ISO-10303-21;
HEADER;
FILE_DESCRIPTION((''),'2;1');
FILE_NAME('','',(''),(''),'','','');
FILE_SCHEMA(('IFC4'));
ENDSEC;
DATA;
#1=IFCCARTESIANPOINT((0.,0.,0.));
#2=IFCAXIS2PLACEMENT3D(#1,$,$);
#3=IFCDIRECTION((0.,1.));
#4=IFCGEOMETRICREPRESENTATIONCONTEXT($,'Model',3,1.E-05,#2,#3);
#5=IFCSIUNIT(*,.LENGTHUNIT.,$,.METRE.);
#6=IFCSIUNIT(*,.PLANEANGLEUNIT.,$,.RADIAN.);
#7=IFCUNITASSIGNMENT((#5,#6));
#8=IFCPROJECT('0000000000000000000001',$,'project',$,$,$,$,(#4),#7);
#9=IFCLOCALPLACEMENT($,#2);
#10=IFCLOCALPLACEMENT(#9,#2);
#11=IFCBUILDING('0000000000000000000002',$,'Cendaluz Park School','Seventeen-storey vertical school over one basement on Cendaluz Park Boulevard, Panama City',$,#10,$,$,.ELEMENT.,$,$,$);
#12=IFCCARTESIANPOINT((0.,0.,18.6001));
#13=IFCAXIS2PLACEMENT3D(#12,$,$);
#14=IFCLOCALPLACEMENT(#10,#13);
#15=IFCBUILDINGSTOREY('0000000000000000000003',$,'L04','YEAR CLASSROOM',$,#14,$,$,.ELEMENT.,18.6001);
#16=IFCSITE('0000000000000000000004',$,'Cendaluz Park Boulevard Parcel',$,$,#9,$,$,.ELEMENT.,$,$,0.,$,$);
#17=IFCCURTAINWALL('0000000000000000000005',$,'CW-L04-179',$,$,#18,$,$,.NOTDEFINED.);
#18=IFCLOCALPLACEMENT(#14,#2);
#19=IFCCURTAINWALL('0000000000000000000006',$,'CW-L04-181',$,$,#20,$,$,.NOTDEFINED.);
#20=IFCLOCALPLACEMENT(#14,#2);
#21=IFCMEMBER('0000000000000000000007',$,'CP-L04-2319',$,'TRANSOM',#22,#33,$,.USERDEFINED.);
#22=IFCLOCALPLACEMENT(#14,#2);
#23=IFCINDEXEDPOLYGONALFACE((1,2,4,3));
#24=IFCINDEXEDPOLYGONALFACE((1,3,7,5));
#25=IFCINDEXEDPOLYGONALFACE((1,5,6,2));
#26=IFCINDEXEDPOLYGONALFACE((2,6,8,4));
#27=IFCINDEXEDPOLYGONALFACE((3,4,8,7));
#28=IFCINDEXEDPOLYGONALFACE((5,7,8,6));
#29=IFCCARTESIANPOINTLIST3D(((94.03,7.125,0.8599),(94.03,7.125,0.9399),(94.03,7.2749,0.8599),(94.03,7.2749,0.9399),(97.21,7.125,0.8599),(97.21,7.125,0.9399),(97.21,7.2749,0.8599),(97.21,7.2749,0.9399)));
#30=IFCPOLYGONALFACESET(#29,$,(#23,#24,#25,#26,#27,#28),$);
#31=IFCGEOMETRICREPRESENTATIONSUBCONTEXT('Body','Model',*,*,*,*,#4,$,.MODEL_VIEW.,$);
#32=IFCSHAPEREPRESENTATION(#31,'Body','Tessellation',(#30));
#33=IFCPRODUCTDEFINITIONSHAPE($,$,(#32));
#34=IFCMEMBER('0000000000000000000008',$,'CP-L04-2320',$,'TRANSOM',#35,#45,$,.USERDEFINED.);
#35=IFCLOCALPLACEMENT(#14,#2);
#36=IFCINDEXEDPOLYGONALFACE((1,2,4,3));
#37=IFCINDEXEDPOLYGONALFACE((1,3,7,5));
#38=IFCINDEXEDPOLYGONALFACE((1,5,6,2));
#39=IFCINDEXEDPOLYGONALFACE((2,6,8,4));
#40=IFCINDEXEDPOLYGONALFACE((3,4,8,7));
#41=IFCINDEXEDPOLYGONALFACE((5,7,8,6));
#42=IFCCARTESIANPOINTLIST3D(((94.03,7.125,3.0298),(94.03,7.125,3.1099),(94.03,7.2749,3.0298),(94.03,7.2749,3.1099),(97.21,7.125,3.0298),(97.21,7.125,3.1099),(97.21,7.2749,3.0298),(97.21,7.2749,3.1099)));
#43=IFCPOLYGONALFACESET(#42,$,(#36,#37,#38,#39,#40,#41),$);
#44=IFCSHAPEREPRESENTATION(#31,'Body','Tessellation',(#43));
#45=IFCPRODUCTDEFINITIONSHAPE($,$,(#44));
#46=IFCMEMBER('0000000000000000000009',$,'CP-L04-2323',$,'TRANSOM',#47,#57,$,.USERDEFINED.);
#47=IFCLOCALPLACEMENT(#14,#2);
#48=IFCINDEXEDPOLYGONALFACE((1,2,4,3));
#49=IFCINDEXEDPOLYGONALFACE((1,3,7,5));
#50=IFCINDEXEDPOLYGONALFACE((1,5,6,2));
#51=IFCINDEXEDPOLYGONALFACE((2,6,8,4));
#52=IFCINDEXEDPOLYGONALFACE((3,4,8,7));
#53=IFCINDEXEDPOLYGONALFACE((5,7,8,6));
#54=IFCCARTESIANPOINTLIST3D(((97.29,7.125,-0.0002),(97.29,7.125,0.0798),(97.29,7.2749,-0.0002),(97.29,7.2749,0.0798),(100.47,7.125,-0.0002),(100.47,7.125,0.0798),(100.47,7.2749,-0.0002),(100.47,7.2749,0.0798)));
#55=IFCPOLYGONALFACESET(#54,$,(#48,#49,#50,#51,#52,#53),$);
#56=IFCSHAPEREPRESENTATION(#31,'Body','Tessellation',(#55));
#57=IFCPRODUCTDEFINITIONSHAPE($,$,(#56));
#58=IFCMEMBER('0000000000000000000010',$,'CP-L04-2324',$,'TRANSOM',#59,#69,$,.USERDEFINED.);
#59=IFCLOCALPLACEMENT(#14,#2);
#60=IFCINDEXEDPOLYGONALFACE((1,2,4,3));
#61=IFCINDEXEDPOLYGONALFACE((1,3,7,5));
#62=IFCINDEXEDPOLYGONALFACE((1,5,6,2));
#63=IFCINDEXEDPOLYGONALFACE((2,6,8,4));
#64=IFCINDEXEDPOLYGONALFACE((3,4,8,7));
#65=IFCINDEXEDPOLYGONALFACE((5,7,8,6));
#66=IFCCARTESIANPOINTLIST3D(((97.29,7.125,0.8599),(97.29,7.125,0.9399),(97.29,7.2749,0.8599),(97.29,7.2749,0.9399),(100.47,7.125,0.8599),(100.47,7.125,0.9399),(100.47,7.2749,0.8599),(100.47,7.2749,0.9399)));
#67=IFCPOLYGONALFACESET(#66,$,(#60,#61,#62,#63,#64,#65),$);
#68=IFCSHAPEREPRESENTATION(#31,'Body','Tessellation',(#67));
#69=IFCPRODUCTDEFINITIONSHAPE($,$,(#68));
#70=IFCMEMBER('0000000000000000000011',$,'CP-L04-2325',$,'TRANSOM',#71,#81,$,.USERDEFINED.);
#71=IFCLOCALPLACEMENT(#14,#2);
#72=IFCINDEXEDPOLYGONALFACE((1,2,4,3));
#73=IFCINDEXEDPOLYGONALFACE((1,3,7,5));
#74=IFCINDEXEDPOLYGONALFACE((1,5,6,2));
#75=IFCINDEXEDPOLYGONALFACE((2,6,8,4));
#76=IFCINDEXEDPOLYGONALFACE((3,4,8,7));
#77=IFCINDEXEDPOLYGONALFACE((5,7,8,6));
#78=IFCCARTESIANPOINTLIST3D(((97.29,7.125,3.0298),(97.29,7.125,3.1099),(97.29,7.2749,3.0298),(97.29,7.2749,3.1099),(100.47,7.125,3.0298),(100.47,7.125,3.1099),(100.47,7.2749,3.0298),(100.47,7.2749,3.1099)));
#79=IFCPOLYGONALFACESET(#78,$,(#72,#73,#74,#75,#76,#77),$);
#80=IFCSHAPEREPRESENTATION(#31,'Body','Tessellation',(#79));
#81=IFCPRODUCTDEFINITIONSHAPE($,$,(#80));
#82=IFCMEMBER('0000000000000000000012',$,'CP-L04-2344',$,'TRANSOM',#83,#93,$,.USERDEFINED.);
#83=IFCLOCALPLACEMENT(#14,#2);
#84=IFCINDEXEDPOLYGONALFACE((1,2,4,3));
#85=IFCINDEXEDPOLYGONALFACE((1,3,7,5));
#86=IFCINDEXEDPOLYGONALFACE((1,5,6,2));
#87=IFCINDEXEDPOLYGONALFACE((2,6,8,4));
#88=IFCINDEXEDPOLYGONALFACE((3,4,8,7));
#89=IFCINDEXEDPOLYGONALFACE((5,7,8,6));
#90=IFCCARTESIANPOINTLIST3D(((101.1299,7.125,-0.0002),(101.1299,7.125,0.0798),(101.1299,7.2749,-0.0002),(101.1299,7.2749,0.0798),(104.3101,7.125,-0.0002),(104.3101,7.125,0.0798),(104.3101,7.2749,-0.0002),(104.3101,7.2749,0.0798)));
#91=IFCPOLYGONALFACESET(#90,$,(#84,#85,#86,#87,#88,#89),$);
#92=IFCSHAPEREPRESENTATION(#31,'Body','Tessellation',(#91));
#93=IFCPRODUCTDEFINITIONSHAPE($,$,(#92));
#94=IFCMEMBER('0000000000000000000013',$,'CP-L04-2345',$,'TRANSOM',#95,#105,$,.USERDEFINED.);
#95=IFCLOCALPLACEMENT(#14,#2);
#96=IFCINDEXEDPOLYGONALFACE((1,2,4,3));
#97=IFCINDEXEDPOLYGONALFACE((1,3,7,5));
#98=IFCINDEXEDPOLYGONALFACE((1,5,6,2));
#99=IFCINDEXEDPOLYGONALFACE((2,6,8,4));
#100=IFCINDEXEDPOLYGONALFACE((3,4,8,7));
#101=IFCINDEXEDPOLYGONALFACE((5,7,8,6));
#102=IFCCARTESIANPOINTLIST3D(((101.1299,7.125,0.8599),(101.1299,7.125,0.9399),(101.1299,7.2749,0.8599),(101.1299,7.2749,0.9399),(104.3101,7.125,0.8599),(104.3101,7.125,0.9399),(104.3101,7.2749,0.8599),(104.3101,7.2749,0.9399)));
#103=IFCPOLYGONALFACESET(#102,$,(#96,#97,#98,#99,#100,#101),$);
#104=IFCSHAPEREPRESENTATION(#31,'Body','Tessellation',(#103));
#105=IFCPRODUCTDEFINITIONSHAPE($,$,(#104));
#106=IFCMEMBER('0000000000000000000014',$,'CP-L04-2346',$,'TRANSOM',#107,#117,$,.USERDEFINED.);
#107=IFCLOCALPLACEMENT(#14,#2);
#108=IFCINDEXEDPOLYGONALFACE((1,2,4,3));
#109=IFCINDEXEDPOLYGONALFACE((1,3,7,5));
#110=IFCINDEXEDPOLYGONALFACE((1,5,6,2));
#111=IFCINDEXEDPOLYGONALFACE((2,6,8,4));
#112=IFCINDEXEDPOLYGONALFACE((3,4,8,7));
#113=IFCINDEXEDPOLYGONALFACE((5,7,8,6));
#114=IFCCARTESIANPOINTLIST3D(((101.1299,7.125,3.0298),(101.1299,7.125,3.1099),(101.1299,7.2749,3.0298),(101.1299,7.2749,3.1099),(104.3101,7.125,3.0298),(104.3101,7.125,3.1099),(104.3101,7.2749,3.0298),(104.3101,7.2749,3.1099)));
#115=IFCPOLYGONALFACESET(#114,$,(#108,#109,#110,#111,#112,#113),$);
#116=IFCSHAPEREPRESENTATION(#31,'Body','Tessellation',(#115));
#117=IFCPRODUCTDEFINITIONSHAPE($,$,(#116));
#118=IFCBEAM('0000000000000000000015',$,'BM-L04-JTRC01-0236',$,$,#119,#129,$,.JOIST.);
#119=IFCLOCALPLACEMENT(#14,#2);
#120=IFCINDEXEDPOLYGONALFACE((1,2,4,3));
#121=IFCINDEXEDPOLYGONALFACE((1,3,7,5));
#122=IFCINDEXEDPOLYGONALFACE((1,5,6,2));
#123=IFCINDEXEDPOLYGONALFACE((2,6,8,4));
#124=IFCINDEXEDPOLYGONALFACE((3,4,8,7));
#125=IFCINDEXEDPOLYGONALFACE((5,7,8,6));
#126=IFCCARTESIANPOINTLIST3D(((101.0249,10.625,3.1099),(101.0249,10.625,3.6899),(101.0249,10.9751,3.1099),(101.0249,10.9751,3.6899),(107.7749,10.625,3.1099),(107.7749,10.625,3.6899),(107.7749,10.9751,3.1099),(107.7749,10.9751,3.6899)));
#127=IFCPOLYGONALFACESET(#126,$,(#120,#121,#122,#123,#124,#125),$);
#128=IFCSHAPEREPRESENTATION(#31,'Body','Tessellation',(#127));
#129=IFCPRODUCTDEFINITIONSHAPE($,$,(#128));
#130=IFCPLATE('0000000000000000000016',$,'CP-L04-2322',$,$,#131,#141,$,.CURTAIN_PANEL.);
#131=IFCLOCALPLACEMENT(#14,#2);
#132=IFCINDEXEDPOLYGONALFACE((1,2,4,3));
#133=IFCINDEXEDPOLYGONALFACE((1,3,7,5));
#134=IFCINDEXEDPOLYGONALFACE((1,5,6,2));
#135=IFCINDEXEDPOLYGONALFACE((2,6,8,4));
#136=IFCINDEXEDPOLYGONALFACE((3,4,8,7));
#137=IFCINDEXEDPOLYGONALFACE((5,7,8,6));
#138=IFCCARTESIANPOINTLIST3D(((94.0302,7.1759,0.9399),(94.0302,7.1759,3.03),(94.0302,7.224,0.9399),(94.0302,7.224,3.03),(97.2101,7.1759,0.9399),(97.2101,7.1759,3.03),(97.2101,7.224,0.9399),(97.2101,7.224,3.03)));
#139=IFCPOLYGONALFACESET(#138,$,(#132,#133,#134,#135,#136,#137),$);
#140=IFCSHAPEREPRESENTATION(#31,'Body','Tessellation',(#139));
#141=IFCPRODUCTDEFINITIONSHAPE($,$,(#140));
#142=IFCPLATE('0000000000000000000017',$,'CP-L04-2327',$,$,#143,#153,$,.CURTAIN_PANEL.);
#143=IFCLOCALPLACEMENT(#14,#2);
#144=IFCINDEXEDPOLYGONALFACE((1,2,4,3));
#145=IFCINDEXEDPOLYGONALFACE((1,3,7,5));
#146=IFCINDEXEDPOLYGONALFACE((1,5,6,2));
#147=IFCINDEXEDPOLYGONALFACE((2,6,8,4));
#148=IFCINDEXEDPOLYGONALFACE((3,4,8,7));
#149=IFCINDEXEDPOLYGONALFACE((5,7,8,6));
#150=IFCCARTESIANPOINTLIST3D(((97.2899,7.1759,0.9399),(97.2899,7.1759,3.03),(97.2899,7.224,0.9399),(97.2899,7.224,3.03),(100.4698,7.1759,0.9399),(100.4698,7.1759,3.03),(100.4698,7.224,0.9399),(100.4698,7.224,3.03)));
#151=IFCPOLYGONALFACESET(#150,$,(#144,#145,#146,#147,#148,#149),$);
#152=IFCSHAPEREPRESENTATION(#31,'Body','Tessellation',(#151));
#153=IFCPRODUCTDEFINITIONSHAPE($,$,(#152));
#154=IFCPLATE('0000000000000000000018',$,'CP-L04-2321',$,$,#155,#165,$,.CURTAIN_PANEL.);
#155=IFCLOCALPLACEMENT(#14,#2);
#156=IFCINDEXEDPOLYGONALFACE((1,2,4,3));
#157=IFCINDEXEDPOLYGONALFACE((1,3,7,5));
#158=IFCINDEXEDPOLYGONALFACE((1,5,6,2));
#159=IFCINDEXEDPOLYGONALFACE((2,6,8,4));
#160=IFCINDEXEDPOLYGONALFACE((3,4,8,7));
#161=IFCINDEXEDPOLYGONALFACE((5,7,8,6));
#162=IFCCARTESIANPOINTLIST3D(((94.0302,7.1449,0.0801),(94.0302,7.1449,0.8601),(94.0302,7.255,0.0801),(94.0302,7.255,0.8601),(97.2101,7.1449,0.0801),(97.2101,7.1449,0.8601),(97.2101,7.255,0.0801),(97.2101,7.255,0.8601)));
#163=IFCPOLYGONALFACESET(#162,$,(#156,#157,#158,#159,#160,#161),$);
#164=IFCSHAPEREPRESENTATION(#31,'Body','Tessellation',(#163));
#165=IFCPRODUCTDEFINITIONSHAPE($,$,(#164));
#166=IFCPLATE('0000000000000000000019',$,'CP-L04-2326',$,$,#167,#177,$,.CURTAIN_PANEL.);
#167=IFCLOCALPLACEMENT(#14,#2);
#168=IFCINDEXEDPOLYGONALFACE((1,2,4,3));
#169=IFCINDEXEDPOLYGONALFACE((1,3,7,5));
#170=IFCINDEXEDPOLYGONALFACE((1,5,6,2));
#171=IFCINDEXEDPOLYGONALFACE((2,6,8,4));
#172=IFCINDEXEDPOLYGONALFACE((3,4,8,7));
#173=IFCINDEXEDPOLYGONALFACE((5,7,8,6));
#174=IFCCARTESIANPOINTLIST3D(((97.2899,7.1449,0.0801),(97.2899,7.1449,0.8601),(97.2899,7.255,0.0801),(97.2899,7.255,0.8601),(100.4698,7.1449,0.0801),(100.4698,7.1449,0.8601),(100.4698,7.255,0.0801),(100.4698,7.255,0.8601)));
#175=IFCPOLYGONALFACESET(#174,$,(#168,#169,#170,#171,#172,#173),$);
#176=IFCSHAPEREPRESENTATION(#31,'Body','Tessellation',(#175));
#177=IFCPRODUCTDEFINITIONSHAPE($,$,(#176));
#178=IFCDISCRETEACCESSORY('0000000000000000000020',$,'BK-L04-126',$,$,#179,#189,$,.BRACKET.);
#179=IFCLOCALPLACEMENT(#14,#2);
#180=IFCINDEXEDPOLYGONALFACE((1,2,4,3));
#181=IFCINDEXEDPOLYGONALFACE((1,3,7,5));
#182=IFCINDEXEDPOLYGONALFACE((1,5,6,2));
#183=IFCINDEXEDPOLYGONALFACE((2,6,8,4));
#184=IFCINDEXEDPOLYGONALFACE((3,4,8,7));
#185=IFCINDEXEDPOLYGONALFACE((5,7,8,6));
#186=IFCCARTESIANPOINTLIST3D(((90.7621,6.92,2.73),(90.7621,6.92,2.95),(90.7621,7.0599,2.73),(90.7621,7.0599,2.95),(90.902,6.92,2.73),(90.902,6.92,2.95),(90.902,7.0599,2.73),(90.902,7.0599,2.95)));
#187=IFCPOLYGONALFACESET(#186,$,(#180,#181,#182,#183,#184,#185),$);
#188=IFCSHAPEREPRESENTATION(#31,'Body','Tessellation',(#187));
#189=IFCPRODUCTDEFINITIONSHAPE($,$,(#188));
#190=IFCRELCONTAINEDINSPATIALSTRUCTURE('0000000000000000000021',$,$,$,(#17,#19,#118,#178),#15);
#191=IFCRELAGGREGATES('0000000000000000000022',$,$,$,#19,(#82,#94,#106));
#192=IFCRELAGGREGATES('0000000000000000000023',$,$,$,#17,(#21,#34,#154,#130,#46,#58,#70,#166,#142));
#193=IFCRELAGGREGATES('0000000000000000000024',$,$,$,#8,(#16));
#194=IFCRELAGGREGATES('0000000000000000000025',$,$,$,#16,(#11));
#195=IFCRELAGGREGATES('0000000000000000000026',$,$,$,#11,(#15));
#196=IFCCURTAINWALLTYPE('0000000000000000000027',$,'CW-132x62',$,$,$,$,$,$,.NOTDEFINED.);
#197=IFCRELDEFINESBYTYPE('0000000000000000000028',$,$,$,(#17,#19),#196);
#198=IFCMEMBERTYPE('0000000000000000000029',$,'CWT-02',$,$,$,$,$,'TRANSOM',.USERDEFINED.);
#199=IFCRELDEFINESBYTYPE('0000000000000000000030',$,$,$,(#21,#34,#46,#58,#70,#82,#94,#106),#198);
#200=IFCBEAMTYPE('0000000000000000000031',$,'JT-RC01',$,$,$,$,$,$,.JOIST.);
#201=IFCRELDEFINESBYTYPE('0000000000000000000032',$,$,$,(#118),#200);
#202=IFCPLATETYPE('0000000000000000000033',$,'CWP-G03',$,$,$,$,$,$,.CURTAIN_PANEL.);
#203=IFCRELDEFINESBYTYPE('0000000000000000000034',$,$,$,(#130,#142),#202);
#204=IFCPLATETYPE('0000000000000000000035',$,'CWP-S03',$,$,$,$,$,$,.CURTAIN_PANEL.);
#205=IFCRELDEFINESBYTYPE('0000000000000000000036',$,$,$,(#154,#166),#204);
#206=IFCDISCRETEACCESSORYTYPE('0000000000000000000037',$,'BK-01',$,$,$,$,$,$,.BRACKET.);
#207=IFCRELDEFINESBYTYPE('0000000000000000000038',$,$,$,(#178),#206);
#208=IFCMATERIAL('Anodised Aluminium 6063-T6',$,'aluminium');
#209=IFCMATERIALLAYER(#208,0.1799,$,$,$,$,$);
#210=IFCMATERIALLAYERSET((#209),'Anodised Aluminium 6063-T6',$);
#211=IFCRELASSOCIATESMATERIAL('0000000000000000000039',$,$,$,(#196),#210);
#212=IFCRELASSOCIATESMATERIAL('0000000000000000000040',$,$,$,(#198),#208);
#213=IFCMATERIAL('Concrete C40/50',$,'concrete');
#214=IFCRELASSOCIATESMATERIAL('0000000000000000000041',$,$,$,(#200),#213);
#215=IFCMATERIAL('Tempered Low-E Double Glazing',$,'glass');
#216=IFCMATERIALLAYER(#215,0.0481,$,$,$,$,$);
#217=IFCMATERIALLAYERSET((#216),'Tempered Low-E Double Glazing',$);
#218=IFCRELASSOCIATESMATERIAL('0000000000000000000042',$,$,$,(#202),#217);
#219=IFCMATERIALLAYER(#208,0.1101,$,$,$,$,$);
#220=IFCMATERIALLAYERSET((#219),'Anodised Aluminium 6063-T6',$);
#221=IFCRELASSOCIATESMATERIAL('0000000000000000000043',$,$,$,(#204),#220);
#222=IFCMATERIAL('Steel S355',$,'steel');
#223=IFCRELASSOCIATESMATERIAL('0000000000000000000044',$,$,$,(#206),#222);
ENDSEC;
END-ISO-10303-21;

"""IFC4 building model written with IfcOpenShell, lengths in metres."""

from ifc_helpers import new_model, si_unit, direction, frame, origin, origin_2d, place, context, subcontext, project, spatial, rectangle, extrude, material, layer, layer_set, material_profile, profile_set, type_object, element, aggregate, save


model = new_model("IFC4")

# Units and contexts
model_context = context("Model", 3, precision=1e-05, world=origin(), true_north=direction((0.0, 1.0)))
body_context = subcontext(model_context, "Body", "Model", "MODEL_VIEW")
ifc_project = project(units=[si_unit("LENGTHUNIT", "METRE"), si_unit("PLANEANGLEUNIT", "RADIAN")], contexts=[model_context])

# Site, building, storey
site_placement = place(None, origin())
site = spatial("IfcSite", under=ifc_project, at=site_placement, Name="Cendaluz Park Boulevard Parcel", CompositionType="ELEMENT", RefElevation=0.0)
building_placement = place(site_placement, origin())
building = spatial("IfcBuilding", under=site, at=building_placement, Name="Cendaluz Park School", Description="Seventeen-storey vertical school over one basement on Cendaluz Park Boulevard, Panama City", CompositionType="ELEMENT")
storey_placement = place(building_placement, frame((0.0, 0.0, 18.6001)))
storey = spatial("IfcBuildingStorey", under=building, at=storey_placement, Name="L04", Description="YEAR CLASSROOM", CompositionType="ELEMENT", Elevation=18.6001)

# Shared definitions
ifc_material_1 = material(Name="Concrete C40/50", Category="concrete")

# Curtain wall
ifc_material_2 = material(Name="Anodised Aluminium 6063-T6", Category="aluminium")
ifc_layer_1 = layer(ifc_material_2, 0.1799)
ifc_layer_set_1 = layer_set([ifc_layer_1], Name="Anodised Aluminium 6063-T6")
curtain_wall_type = type_object("IfcCurtainWallType", Name="CW-132x62", PredefinedType="NOTDEFINED", material=ifc_layer_set_1)
curtain_wall_1_placement = place(storey_placement, origin())
curtain_wall_1 = element("IfcCurtainWall", 1, at=curtain_wall_1_placement, inside=storey, type_object=curtain_wall_type, Name="CW-L04-179", PredefinedType="NOTDEFINED")

# Curtain wall
curtain_wall_2_placement = place(storey_placement, origin())
curtain_wall_2 = element("IfcCurtainWall", 2, at=curtain_wall_2_placement, inside=storey, type_object=curtain_wall_type, Name="CW-L04-181", PredefinedType="NOTDEFINED")

# Members
ifc_material_profile_1 = material_profile(ifc_material_2, rectangle(XDim=0.1499, YDim=0.0801, at=origin_2d()), Name="CWT 150x80", Category="aluminium")
ifc_profile_set_1 = profile_set([ifc_material_profile_1], Name="Anodised Aluminium 6063-T6")
member_type_1 = type_object("IfcMemberType", Name="CWT-02", ElementType="TRANSOM", PredefinedType="USERDEFINED", material=ifc_profile_set_1)
member_1_placement = place(storey_placement, frame((94.03, 7.2, 0.8999), z_axis=(1.0, 0.0, 0.0), x_axis=(0.0, 1.0, 0.0)))
member_1 = element("IfcMember", 3, at=member_1_placement, type_object=member_type_1, Name="CP-L04-2319", ObjectType="TRANSOM", PredefinedType="USERDEFINED", context=body_context, shape_type="SweptSolid", body=[
    extrude(rectangle(XDim=0.1499, YDim=0.0801, at=origin_2d()), origin(), (0.0, 0.0, 1.0), 3.1799),
])
member_2_placement = place(storey_placement, frame((94.03, 7.2, 3.0698), z_axis=(1.0, 0.0, 0.0), x_axis=(0.0, 1.0, 0.0)))
member_2 = element("IfcMember", 4, at=member_2_placement, type_object=member_type_1, Name="CP-L04-2320", ObjectType="TRANSOM", PredefinedType="USERDEFINED", context=body_context, shape_type="SweptSolid", body=[
    extrude(rectangle(XDim=0.1499, YDim=0.0801, at=origin_2d()), origin(), (0.0, 0.0, 1.0), 3.1799),
])
member_3_placement = place(storey_placement, frame((97.29, 7.2, 0.0398), z_axis=(1.0, 0.0, 0.0), x_axis=(0.0, 1.0, 0.0)))
member_3 = element("IfcMember", 5, at=member_3_placement, type_object=member_type_1, Name="CP-L04-2323", ObjectType="TRANSOM", PredefinedType="USERDEFINED", context=body_context, shape_type="SweptSolid", body=[
    extrude(rectangle(XDim=0.1499, YDim=0.0801, at=origin_2d()), origin(), (0.0, 0.0, 1.0), 3.1799),
])
member_4_placement = place(storey_placement, frame((97.29, 7.2, 0.8999), z_axis=(1.0, 0.0, 0.0), x_axis=(0.0, 1.0, 0.0)))
member_4 = element("IfcMember", 6, at=member_4_placement, type_object=member_type_1, Name="CP-L04-2324", ObjectType="TRANSOM", PredefinedType="USERDEFINED", context=body_context, shape_type="SweptSolid", body=[
    extrude(rectangle(XDim=0.1499, YDim=0.0801, at=origin_2d()), origin(), (0.0, 0.0, 1.0), 3.1799),
])
member_5_placement = place(storey_placement, frame((97.29, 7.2, 3.0698), z_axis=(1.0, 0.0, 0.0), x_axis=(0.0, 1.0, 0.0)))
member_5 = element("IfcMember", 7, at=member_5_placement, type_object=member_type_1, Name="CP-L04-2325", ObjectType="TRANSOM", PredefinedType="USERDEFINED", context=body_context, shape_type="SweptSolid", body=[
    extrude(rectangle(XDim=0.1499, YDim=0.0801, at=origin_2d()), origin(), (0.0, 0.0, 1.0), 3.1799),
])
member_6_placement = place(storey_placement, frame((101.1299, 7.2, 0.0398), z_axis=(1.0, 0.0, 0.0), x_axis=(0.0, 1.0, 0.0)))
member_6 = element("IfcMember", 8, at=member_6_placement, type_object=member_type_1, Name="CP-L04-2344", ObjectType="TRANSOM", PredefinedType="USERDEFINED", context=body_context, shape_type="SweptSolid", body=[
    extrude(rectangle(XDim=0.1499, YDim=0.0801, at=origin_2d()), origin(), (0.0, 0.0, 1.0), 3.1802),
])
member_7_placement = place(storey_placement, frame((101.1299, 7.2, 0.8999), z_axis=(1.0, 0.0, 0.0), x_axis=(0.0, 1.0, 0.0)))
member_7 = element("IfcMember", 9, at=member_7_placement, type_object=member_type_1, Name="CP-L04-2345", ObjectType="TRANSOM", PredefinedType="USERDEFINED", context=body_context, shape_type="SweptSolid", body=[
    extrude(rectangle(XDim=0.1499, YDim=0.0801, at=origin_2d()), origin(), (0.0, 0.0, 1.0), 3.1802),
])
member_8_placement = place(storey_placement, frame((101.1299, 7.2, 3.0698), z_axis=(1.0, 0.0, 0.0), x_axis=(0.0, 1.0, 0.0)))
member_8 = element("IfcMember", 10, at=member_8_placement, type_object=member_type_1, Name="CP-L04-2346", ObjectType="TRANSOM", PredefinedType="USERDEFINED", context=body_context, shape_type="SweptSolid", body=[
    extrude(rectangle(XDim=0.1499, YDim=0.0801, at=origin_2d()), origin(), (0.0, 0.0, 1.0), 3.1802),
])
aggregate(curtain_wall_2, [member_6, member_7, member_8])

# Beam
ifc_material_profile_2 = material_profile(ifc_material_1, rectangle(XDim=0.3501, YDim=0.5801, at=origin_2d()), Name="RC 350x580", Category="concrete")
ifc_profile_set_2 = profile_set([ifc_material_profile_2], Name="Concrete C40/50")
beam_type_1 = type_object("IfcBeamType", Name="JT-RC01", PredefinedType="JOIST", material=ifc_profile_set_2)
beam_1_placement = place(storey_placement, frame((101.0249, 10.8, 3.3999), z_axis=(1.0, 0.0, 0.0), x_axis=(0.0, 1.0, 0.0)))
element("IfcBeam", 11, at=beam_1_placement, inside=storey, type_object=beam_type_1, Name="BM-L04-JTRC01-0236", PredefinedType="JOIST", context=body_context, shape_type="SweptSolid", body=[
    extrude(rectangle(XDim=0.3501, YDim=0.5801, at=origin_2d()), origin(), (0.0, 0.0, 1.0), 6.75),
])

# Plates
ifc_material_3 = material(Name="Tempered Low-E Double Glazing", Category="glass")
ifc_layer_2 = layer(ifc_material_3, 0.0481)
ifc_layer_set_2 = layer_set([ifc_layer_2], Name="Tempered Low-E Double Glazing")
plate_type_1 = type_object("IfcPlateType", Name="CWP-G03", PredefinedType="CURTAIN_PANEL", material=ifc_layer_set_2)
plate_1_placement = place(storey_placement, frame((95.6201, 7.2, 0.9399), z_axis=(0.0, 0.0, 1.0), x_axis=(1.0, 0.0, 0.0)))
plate_1 = element("IfcPlate", 12, at=plate_1_placement, type_object=plate_type_1, Name="CP-L04-2322", PredefinedType="CURTAIN_PANEL", context=body_context, shape_type="SweptSolid", body=[
    extrude(rectangle(XDim=3.1799, YDim=0.0481, at=origin_2d()), origin(), (0.0, 0.0, 1.0), 2.0901),
])
plate_2_placement = place(storey_placement, frame((98.8799, 7.2, 0.9399), z_axis=(0.0, 0.0, 1.0), x_axis=(1.0, 0.0, 0.0)))
plate_2 = element("IfcPlate", 13, at=plate_2_placement, type_object=plate_type_1, Name="CP-L04-2327", PredefinedType="CURTAIN_PANEL", context=body_context, shape_type="SweptSolid", body=[
    extrude(rectangle(XDim=3.1799, YDim=0.0481, at=origin_2d()), origin(), (0.0, 0.0, 1.0), 2.0901),
])
ifc_layer_3 = layer(ifc_material_2, 0.1101)
ifc_layer_set_3 = layer_set([ifc_layer_3], Name="Anodised Aluminium 6063-T6")
plate_type_2 = type_object("IfcPlateType", Name="CWP-S03", PredefinedType="CURTAIN_PANEL", material=ifc_layer_set_3)
plate_3_placement = place(storey_placement, frame((95.6201, 7.2, 0.0801), z_axis=(0.0, 0.0, 1.0), x_axis=(1.0, 0.0, 0.0)))
plate_3 = element("IfcPlate", 14, at=plate_3_placement, type_object=plate_type_2, Name="CP-L04-2321", PredefinedType="CURTAIN_PANEL", context=body_context, shape_type="SweptSolid", body=[
    extrude(rectangle(XDim=3.1799, YDim=0.1101, at=origin_2d()), origin(), (0.0, 0.0, 1.0), 0.78),
])
plate_4_placement = place(storey_placement, frame((98.8799, 7.2, 0.0801), z_axis=(0.0, 0.0, 1.0), x_axis=(1.0, 0.0, 0.0)))
plate_4 = element("IfcPlate", 15, at=plate_4_placement, type_object=plate_type_2, Name="CP-L04-2326", PredefinedType="CURTAIN_PANEL", context=body_context, shape_type="SweptSolid", body=[
    extrude(rectangle(XDim=3.1799, YDim=0.1101, at=origin_2d()), origin(), (0.0, 0.0, 1.0), 0.78),
])
aggregate(curtain_wall_1, [member_1, member_2, plate_3, plate_1, member_3, member_4, member_5, plate_4, plate_2])

# Discrete accessory
ifc_material_4 = material(Name="Steel S355", Category="steel")
discrete_accessory_type = type_object("IfcDiscreteAccessoryType", Name="BK-01", PredefinedType="BRACKET", material=ifc_material_4)
discrete_accessory_placement = place(storey_placement, frame((90.832, 6.99, 2.73), z_axis=(0.0, 0.0, 1.0), x_axis=(1.0, 0.0, 0.0)))
element("IfcDiscreteAccessory", 16, at=discrete_accessory_placement, inside=storey, type_object=discrete_accessory_type, Name="BK-L04-126", PredefinedType="BRACKET", context=body_context, shape_type="SweptSolid", body=[
    extrude(rectangle(XDim=0.1399, YDim=0.1399, at=origin_2d()), origin(), (0.0, 0.0, 1.0), 0.22),
])

save(model, "model.ifc")
